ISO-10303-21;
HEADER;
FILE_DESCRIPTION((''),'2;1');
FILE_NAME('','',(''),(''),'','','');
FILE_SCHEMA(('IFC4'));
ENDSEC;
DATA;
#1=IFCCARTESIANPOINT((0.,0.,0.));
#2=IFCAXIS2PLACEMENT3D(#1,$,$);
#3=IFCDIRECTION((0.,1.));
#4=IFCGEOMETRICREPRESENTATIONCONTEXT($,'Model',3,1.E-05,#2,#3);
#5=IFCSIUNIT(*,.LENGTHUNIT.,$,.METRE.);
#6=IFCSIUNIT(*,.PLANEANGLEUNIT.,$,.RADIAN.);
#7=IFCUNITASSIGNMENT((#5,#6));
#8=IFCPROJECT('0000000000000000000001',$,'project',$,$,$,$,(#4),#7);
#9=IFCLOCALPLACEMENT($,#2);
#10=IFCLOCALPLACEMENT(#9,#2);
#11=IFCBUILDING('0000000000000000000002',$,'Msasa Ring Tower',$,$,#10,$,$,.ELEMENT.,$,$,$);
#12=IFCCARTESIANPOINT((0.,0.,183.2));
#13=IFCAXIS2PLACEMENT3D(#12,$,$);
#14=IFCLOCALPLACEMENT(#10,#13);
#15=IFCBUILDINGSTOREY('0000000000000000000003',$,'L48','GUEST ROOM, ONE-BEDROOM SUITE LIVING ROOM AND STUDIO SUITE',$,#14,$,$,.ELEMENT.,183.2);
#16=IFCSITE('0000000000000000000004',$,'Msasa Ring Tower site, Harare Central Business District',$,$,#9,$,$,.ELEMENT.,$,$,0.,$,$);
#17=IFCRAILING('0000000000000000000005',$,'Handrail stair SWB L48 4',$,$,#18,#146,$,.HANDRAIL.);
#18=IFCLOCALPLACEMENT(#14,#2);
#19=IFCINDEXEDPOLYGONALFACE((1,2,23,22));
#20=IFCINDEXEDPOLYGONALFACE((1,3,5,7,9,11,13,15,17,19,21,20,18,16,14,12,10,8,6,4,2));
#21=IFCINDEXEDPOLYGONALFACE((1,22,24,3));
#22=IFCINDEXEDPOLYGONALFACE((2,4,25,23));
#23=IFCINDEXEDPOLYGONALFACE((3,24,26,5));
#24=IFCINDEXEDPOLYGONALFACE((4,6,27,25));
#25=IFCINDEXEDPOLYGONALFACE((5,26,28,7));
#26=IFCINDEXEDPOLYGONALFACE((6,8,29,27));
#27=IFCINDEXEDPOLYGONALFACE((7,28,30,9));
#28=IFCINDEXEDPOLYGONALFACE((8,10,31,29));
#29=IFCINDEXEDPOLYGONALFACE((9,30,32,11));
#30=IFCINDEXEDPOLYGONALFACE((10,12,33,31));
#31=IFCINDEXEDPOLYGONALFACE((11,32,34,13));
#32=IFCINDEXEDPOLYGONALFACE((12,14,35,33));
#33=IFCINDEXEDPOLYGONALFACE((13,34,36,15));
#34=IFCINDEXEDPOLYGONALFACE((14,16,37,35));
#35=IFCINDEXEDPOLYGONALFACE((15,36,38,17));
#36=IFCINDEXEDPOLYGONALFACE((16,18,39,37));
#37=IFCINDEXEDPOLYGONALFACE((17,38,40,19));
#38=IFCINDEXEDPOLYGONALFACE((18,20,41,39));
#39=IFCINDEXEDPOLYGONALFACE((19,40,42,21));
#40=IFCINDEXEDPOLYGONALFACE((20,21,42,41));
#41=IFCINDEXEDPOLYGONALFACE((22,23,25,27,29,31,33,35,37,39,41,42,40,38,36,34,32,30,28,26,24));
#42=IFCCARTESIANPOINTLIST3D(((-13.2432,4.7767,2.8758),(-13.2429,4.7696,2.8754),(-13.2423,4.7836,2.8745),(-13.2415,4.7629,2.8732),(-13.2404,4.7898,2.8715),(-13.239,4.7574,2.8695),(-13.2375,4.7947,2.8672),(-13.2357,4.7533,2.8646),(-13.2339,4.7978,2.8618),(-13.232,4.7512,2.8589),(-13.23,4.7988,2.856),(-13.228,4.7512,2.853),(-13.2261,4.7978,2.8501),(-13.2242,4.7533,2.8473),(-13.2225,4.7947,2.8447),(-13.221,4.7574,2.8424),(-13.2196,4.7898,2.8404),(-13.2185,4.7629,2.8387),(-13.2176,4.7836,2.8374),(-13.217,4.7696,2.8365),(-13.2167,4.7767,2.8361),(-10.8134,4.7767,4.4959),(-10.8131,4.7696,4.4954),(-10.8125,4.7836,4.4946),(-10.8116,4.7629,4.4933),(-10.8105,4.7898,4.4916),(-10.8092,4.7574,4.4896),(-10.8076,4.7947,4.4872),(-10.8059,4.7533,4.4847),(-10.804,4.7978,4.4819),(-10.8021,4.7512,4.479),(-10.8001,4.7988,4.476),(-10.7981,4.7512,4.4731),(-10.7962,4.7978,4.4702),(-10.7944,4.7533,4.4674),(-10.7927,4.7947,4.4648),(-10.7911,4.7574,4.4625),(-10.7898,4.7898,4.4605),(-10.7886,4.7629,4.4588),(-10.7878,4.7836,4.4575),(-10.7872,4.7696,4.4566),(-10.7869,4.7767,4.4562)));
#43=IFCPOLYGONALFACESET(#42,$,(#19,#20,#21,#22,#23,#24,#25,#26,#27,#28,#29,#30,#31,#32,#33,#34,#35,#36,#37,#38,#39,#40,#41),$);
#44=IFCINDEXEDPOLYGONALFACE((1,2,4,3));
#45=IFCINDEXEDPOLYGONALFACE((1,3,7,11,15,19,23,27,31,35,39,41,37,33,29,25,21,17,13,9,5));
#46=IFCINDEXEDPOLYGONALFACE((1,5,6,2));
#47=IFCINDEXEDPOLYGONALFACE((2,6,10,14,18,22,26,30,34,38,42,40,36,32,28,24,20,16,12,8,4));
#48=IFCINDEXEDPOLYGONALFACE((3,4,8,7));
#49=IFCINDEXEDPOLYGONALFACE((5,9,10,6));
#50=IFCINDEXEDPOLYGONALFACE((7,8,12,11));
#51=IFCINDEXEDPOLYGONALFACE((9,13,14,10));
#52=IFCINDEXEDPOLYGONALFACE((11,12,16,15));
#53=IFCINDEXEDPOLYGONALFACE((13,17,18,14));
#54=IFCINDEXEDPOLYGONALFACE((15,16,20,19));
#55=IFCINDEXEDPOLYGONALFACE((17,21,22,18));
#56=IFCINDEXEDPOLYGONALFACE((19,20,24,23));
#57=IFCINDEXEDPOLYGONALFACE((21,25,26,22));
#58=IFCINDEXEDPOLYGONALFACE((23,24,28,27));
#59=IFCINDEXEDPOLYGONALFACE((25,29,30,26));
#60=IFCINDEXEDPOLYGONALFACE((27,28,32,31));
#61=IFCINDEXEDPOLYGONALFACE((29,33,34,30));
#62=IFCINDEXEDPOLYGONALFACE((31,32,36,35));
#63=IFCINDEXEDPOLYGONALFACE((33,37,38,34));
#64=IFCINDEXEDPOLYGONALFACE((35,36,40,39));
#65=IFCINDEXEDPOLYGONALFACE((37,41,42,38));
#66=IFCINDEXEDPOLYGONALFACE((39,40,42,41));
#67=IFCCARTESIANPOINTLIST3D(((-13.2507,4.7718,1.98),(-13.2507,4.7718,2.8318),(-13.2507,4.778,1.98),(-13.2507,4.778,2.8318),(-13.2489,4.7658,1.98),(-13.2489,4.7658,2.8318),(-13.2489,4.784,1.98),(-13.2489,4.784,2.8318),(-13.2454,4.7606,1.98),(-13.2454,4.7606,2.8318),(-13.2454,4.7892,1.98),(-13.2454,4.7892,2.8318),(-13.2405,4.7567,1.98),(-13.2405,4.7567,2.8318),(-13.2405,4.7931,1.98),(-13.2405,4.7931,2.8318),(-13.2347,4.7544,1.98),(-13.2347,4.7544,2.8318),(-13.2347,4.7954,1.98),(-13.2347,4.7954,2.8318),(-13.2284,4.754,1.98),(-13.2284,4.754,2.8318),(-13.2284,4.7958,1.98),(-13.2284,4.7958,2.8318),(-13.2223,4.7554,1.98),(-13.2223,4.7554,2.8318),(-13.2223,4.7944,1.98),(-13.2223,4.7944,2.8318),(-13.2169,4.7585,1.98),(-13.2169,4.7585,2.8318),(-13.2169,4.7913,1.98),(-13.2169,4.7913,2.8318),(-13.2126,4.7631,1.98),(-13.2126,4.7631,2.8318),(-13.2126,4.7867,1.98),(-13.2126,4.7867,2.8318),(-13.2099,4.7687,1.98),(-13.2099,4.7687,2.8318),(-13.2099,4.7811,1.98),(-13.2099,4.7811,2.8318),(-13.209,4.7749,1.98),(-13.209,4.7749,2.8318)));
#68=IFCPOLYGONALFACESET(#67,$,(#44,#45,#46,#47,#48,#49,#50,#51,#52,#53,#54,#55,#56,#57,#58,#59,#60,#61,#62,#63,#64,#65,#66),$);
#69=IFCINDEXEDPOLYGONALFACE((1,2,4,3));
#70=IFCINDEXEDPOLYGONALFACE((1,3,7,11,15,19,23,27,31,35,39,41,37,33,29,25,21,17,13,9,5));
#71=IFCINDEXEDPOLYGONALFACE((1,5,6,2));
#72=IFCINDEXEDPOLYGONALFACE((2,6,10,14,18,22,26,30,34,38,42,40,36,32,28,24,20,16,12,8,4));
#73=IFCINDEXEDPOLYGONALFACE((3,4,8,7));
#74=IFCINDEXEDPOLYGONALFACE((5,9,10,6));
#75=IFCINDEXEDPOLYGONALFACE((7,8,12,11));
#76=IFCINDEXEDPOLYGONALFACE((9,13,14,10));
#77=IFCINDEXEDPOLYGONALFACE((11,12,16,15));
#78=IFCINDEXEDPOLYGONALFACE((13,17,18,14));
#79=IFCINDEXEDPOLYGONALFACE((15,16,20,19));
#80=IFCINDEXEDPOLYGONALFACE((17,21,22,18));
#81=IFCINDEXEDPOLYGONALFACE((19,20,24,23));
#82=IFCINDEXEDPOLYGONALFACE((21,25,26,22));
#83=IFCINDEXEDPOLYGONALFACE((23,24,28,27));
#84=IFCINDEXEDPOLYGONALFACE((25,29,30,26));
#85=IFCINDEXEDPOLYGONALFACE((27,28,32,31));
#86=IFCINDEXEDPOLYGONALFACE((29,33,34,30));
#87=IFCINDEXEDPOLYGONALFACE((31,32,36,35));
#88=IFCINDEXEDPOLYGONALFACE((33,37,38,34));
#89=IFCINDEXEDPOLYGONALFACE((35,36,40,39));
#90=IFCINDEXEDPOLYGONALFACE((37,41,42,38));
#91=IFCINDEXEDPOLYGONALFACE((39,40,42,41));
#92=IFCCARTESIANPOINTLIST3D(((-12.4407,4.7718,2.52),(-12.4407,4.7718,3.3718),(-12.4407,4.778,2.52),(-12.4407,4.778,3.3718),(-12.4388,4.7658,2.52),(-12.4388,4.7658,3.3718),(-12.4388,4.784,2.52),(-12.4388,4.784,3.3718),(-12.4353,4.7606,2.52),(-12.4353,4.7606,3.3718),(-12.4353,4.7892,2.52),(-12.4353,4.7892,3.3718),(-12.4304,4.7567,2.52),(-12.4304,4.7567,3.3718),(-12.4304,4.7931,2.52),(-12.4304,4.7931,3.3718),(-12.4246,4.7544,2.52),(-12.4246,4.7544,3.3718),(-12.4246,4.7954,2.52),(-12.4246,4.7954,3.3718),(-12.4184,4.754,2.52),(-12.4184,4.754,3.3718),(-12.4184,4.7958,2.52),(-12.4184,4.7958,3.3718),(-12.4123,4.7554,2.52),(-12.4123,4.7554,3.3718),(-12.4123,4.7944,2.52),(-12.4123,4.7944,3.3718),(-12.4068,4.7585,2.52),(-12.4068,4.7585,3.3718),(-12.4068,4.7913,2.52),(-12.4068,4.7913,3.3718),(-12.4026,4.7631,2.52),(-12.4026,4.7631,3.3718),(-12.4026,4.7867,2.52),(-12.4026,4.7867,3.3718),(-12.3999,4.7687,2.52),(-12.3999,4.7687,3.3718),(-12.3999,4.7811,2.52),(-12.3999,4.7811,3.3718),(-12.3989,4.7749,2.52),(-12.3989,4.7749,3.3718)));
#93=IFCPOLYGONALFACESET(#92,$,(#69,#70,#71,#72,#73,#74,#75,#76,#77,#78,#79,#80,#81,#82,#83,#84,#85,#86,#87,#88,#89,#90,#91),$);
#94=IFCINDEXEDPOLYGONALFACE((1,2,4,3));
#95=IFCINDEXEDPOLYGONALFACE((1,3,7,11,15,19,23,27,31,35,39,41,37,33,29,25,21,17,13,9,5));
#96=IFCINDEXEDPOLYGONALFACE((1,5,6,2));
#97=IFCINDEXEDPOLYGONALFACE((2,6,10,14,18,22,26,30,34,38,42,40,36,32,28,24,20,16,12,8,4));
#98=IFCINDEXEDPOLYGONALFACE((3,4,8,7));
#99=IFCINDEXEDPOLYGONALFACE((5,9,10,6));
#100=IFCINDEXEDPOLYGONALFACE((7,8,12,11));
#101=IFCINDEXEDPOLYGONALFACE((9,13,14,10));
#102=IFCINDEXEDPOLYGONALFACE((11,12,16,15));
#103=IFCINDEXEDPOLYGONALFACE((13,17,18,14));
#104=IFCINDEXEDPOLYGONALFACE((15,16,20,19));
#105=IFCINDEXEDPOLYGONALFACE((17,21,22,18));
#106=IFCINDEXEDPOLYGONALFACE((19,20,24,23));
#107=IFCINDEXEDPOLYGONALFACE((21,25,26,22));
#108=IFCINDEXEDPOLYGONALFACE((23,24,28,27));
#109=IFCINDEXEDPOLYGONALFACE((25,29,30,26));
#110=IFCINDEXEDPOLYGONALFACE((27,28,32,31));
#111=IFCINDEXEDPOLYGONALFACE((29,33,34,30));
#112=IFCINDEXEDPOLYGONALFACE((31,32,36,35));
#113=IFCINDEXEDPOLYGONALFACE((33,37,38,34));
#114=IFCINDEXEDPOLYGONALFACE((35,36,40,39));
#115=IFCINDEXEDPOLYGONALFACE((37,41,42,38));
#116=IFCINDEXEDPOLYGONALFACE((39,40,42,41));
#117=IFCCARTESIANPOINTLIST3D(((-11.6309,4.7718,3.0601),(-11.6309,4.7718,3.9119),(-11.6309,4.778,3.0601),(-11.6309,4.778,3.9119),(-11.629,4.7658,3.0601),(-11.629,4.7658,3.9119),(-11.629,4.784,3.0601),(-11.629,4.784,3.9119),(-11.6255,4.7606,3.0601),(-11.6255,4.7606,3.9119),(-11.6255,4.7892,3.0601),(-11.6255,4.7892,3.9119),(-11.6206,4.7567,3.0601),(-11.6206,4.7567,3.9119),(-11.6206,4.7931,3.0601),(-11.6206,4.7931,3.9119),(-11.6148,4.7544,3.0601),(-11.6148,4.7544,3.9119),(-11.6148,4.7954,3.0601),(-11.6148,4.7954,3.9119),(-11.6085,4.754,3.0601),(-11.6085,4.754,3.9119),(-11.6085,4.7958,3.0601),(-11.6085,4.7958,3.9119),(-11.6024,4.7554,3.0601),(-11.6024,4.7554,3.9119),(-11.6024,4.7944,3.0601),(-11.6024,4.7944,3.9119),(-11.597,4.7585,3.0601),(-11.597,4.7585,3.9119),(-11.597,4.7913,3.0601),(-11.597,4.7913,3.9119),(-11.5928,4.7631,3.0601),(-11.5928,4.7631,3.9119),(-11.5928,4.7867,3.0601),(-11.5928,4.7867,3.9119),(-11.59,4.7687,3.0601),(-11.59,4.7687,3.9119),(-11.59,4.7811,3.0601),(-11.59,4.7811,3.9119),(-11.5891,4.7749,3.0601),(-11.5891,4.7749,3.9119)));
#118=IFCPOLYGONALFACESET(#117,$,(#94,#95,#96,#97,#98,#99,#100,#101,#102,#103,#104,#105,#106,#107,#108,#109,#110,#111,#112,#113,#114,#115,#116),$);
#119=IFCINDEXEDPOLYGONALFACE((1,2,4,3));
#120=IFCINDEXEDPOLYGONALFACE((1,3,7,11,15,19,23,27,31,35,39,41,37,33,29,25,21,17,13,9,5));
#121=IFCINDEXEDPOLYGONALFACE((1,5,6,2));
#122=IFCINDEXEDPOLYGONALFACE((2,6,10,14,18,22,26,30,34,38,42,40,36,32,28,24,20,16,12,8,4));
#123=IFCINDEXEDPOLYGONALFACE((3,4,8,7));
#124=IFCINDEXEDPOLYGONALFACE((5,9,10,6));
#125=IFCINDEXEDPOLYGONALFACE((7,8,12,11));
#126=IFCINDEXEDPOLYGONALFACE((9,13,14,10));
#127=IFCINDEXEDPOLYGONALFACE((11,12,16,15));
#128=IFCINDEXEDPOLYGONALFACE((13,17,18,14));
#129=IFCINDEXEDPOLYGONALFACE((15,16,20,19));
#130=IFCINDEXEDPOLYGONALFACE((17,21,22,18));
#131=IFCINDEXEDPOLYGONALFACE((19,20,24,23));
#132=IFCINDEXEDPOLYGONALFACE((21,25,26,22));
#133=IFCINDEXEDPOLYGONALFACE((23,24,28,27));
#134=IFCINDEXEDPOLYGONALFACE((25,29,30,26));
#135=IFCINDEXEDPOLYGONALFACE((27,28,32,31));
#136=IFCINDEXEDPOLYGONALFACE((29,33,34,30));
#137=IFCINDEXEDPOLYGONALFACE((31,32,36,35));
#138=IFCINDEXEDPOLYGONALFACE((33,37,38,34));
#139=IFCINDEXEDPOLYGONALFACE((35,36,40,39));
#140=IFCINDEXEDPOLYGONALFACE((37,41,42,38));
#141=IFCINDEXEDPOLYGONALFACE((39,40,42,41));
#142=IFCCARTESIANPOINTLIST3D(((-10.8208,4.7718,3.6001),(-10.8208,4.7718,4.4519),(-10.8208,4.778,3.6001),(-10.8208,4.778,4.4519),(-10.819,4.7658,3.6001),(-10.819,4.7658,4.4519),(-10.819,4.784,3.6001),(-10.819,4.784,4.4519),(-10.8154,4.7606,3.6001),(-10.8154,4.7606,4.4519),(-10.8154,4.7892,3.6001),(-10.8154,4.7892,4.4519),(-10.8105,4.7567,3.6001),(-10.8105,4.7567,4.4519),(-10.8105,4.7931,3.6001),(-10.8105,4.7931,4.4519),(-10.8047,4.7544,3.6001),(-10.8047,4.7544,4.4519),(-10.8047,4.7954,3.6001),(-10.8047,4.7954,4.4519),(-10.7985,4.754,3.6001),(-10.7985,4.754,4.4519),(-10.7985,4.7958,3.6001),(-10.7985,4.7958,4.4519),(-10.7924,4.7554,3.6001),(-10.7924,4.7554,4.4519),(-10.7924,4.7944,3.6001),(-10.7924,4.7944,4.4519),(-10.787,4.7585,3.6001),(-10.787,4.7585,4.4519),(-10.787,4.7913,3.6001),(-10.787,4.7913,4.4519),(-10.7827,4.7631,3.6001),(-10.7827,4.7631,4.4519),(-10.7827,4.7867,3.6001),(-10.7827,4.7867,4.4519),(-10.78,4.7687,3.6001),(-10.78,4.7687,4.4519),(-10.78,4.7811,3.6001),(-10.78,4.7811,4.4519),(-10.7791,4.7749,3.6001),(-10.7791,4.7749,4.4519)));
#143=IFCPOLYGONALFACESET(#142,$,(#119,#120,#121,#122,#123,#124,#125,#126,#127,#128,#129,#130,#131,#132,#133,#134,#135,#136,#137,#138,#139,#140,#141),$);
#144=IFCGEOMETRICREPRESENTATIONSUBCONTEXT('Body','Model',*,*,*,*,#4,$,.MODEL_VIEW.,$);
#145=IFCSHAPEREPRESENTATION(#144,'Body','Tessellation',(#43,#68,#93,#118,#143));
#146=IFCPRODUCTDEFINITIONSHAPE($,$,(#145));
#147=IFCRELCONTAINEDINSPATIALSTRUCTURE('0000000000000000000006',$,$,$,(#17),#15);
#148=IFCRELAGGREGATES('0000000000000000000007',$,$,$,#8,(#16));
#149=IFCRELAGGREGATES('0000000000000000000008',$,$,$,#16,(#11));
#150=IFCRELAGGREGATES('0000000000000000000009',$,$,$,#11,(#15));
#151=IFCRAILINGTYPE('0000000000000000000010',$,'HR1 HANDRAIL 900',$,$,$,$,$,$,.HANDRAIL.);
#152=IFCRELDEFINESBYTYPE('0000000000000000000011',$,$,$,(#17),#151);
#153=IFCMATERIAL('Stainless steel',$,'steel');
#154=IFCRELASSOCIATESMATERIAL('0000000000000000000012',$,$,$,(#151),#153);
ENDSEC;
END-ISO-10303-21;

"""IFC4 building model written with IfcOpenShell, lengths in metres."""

from ifc_helpers import new_model, si_unit, direction, frame, origin, origin_2d, place, context, subcontext, project, spatial, circle, extrude, material, type_object, element, save


model = new_model("IFC4")

# Units and contexts
model_context = context("Model", 3, precision=1e-05, world=origin(), true_north=direction((0.0, 1.0)))
body_context = subcontext(model_context, "Body", "Model", "MODEL_VIEW")
ifc_project = project(units=[si_unit("LENGTHUNIT", "METRE"), si_unit("PLANEANGLEUNIT", "RADIAN")], contexts=[model_context])

# Site, building, storey
site_placement = place(None, origin())
site = spatial("IfcSite", under=ifc_project, at=site_placement, Name="Msasa Ring Tower site, Harare Central Business District", CompositionType="ELEMENT", RefElevation=0.0)
building_placement = place(site_placement, origin())
building = spatial("IfcBuilding", under=site, at=building_placement, Name="Msasa Ring Tower", CompositionType="ELEMENT")
storey_placement = place(building_placement, frame((0.0, 0.0, 183.2)))
storey = spatial("IfcBuildingStorey", under=building, at=storey_placement, Name="L48", Description="GUEST ROOM, ONE-BEDROOM SUITE LIVING ROOM AND STUDIO SUITE", CompositionType="ELEMENT", Elevation=183.2)

# Railing
ifc_material_1 = material(Name="Stainless steel", Category="steel")
railing_type = type_object("IfcRailingType", Name="HR1 HANDRAIL 900", PredefinedType="HANDRAIL", material=ifc_material_1)
for number, where, name in (
    (1, (-13.23, 4.7749, 1.98), "Handrail stair SWB L48 4"),
):
    element("IfcRailing", number, at=place(storey_placement, frame(where)), inside=storey, type_object=railing_type, Name=name, PredefinedType="HANDRAIL", context=body_context, shape_type="SweptSolid", body=[
        extrude(circle(Radius=0.0239, at=origin_2d()), frame((0.0, 0.0, 0.876), z_axis=(0.832025, 0.0, 0.554739), x_axis=(0.0, 1.0, 0.0)), (0.0, 0.0, 1.0), 2.9204),
        extrude(circle(Radius=0.021, at=origin_2d()), origin(), (0.0, 0.0, 1.0), 0.8518),
        extrude(circle(Radius=0.021, at=origin_2d()), frame((0.8101, 0.0, 0.54)), (0.0, 0.0, 1.0), 0.8518),
        extrude(circle(Radius=0.021, at=origin_2d()), frame((1.6199, 0.0, 1.0801)), (0.0, 0.0, 1.0), 0.8518),
        extrude(circle(Radius=0.021, at=origin_2d()), frame((2.4299, 0.0, 1.6201)), (0.0, 0.0, 1.0), 0.8518),
    ])

save(model, "model.ifc")
